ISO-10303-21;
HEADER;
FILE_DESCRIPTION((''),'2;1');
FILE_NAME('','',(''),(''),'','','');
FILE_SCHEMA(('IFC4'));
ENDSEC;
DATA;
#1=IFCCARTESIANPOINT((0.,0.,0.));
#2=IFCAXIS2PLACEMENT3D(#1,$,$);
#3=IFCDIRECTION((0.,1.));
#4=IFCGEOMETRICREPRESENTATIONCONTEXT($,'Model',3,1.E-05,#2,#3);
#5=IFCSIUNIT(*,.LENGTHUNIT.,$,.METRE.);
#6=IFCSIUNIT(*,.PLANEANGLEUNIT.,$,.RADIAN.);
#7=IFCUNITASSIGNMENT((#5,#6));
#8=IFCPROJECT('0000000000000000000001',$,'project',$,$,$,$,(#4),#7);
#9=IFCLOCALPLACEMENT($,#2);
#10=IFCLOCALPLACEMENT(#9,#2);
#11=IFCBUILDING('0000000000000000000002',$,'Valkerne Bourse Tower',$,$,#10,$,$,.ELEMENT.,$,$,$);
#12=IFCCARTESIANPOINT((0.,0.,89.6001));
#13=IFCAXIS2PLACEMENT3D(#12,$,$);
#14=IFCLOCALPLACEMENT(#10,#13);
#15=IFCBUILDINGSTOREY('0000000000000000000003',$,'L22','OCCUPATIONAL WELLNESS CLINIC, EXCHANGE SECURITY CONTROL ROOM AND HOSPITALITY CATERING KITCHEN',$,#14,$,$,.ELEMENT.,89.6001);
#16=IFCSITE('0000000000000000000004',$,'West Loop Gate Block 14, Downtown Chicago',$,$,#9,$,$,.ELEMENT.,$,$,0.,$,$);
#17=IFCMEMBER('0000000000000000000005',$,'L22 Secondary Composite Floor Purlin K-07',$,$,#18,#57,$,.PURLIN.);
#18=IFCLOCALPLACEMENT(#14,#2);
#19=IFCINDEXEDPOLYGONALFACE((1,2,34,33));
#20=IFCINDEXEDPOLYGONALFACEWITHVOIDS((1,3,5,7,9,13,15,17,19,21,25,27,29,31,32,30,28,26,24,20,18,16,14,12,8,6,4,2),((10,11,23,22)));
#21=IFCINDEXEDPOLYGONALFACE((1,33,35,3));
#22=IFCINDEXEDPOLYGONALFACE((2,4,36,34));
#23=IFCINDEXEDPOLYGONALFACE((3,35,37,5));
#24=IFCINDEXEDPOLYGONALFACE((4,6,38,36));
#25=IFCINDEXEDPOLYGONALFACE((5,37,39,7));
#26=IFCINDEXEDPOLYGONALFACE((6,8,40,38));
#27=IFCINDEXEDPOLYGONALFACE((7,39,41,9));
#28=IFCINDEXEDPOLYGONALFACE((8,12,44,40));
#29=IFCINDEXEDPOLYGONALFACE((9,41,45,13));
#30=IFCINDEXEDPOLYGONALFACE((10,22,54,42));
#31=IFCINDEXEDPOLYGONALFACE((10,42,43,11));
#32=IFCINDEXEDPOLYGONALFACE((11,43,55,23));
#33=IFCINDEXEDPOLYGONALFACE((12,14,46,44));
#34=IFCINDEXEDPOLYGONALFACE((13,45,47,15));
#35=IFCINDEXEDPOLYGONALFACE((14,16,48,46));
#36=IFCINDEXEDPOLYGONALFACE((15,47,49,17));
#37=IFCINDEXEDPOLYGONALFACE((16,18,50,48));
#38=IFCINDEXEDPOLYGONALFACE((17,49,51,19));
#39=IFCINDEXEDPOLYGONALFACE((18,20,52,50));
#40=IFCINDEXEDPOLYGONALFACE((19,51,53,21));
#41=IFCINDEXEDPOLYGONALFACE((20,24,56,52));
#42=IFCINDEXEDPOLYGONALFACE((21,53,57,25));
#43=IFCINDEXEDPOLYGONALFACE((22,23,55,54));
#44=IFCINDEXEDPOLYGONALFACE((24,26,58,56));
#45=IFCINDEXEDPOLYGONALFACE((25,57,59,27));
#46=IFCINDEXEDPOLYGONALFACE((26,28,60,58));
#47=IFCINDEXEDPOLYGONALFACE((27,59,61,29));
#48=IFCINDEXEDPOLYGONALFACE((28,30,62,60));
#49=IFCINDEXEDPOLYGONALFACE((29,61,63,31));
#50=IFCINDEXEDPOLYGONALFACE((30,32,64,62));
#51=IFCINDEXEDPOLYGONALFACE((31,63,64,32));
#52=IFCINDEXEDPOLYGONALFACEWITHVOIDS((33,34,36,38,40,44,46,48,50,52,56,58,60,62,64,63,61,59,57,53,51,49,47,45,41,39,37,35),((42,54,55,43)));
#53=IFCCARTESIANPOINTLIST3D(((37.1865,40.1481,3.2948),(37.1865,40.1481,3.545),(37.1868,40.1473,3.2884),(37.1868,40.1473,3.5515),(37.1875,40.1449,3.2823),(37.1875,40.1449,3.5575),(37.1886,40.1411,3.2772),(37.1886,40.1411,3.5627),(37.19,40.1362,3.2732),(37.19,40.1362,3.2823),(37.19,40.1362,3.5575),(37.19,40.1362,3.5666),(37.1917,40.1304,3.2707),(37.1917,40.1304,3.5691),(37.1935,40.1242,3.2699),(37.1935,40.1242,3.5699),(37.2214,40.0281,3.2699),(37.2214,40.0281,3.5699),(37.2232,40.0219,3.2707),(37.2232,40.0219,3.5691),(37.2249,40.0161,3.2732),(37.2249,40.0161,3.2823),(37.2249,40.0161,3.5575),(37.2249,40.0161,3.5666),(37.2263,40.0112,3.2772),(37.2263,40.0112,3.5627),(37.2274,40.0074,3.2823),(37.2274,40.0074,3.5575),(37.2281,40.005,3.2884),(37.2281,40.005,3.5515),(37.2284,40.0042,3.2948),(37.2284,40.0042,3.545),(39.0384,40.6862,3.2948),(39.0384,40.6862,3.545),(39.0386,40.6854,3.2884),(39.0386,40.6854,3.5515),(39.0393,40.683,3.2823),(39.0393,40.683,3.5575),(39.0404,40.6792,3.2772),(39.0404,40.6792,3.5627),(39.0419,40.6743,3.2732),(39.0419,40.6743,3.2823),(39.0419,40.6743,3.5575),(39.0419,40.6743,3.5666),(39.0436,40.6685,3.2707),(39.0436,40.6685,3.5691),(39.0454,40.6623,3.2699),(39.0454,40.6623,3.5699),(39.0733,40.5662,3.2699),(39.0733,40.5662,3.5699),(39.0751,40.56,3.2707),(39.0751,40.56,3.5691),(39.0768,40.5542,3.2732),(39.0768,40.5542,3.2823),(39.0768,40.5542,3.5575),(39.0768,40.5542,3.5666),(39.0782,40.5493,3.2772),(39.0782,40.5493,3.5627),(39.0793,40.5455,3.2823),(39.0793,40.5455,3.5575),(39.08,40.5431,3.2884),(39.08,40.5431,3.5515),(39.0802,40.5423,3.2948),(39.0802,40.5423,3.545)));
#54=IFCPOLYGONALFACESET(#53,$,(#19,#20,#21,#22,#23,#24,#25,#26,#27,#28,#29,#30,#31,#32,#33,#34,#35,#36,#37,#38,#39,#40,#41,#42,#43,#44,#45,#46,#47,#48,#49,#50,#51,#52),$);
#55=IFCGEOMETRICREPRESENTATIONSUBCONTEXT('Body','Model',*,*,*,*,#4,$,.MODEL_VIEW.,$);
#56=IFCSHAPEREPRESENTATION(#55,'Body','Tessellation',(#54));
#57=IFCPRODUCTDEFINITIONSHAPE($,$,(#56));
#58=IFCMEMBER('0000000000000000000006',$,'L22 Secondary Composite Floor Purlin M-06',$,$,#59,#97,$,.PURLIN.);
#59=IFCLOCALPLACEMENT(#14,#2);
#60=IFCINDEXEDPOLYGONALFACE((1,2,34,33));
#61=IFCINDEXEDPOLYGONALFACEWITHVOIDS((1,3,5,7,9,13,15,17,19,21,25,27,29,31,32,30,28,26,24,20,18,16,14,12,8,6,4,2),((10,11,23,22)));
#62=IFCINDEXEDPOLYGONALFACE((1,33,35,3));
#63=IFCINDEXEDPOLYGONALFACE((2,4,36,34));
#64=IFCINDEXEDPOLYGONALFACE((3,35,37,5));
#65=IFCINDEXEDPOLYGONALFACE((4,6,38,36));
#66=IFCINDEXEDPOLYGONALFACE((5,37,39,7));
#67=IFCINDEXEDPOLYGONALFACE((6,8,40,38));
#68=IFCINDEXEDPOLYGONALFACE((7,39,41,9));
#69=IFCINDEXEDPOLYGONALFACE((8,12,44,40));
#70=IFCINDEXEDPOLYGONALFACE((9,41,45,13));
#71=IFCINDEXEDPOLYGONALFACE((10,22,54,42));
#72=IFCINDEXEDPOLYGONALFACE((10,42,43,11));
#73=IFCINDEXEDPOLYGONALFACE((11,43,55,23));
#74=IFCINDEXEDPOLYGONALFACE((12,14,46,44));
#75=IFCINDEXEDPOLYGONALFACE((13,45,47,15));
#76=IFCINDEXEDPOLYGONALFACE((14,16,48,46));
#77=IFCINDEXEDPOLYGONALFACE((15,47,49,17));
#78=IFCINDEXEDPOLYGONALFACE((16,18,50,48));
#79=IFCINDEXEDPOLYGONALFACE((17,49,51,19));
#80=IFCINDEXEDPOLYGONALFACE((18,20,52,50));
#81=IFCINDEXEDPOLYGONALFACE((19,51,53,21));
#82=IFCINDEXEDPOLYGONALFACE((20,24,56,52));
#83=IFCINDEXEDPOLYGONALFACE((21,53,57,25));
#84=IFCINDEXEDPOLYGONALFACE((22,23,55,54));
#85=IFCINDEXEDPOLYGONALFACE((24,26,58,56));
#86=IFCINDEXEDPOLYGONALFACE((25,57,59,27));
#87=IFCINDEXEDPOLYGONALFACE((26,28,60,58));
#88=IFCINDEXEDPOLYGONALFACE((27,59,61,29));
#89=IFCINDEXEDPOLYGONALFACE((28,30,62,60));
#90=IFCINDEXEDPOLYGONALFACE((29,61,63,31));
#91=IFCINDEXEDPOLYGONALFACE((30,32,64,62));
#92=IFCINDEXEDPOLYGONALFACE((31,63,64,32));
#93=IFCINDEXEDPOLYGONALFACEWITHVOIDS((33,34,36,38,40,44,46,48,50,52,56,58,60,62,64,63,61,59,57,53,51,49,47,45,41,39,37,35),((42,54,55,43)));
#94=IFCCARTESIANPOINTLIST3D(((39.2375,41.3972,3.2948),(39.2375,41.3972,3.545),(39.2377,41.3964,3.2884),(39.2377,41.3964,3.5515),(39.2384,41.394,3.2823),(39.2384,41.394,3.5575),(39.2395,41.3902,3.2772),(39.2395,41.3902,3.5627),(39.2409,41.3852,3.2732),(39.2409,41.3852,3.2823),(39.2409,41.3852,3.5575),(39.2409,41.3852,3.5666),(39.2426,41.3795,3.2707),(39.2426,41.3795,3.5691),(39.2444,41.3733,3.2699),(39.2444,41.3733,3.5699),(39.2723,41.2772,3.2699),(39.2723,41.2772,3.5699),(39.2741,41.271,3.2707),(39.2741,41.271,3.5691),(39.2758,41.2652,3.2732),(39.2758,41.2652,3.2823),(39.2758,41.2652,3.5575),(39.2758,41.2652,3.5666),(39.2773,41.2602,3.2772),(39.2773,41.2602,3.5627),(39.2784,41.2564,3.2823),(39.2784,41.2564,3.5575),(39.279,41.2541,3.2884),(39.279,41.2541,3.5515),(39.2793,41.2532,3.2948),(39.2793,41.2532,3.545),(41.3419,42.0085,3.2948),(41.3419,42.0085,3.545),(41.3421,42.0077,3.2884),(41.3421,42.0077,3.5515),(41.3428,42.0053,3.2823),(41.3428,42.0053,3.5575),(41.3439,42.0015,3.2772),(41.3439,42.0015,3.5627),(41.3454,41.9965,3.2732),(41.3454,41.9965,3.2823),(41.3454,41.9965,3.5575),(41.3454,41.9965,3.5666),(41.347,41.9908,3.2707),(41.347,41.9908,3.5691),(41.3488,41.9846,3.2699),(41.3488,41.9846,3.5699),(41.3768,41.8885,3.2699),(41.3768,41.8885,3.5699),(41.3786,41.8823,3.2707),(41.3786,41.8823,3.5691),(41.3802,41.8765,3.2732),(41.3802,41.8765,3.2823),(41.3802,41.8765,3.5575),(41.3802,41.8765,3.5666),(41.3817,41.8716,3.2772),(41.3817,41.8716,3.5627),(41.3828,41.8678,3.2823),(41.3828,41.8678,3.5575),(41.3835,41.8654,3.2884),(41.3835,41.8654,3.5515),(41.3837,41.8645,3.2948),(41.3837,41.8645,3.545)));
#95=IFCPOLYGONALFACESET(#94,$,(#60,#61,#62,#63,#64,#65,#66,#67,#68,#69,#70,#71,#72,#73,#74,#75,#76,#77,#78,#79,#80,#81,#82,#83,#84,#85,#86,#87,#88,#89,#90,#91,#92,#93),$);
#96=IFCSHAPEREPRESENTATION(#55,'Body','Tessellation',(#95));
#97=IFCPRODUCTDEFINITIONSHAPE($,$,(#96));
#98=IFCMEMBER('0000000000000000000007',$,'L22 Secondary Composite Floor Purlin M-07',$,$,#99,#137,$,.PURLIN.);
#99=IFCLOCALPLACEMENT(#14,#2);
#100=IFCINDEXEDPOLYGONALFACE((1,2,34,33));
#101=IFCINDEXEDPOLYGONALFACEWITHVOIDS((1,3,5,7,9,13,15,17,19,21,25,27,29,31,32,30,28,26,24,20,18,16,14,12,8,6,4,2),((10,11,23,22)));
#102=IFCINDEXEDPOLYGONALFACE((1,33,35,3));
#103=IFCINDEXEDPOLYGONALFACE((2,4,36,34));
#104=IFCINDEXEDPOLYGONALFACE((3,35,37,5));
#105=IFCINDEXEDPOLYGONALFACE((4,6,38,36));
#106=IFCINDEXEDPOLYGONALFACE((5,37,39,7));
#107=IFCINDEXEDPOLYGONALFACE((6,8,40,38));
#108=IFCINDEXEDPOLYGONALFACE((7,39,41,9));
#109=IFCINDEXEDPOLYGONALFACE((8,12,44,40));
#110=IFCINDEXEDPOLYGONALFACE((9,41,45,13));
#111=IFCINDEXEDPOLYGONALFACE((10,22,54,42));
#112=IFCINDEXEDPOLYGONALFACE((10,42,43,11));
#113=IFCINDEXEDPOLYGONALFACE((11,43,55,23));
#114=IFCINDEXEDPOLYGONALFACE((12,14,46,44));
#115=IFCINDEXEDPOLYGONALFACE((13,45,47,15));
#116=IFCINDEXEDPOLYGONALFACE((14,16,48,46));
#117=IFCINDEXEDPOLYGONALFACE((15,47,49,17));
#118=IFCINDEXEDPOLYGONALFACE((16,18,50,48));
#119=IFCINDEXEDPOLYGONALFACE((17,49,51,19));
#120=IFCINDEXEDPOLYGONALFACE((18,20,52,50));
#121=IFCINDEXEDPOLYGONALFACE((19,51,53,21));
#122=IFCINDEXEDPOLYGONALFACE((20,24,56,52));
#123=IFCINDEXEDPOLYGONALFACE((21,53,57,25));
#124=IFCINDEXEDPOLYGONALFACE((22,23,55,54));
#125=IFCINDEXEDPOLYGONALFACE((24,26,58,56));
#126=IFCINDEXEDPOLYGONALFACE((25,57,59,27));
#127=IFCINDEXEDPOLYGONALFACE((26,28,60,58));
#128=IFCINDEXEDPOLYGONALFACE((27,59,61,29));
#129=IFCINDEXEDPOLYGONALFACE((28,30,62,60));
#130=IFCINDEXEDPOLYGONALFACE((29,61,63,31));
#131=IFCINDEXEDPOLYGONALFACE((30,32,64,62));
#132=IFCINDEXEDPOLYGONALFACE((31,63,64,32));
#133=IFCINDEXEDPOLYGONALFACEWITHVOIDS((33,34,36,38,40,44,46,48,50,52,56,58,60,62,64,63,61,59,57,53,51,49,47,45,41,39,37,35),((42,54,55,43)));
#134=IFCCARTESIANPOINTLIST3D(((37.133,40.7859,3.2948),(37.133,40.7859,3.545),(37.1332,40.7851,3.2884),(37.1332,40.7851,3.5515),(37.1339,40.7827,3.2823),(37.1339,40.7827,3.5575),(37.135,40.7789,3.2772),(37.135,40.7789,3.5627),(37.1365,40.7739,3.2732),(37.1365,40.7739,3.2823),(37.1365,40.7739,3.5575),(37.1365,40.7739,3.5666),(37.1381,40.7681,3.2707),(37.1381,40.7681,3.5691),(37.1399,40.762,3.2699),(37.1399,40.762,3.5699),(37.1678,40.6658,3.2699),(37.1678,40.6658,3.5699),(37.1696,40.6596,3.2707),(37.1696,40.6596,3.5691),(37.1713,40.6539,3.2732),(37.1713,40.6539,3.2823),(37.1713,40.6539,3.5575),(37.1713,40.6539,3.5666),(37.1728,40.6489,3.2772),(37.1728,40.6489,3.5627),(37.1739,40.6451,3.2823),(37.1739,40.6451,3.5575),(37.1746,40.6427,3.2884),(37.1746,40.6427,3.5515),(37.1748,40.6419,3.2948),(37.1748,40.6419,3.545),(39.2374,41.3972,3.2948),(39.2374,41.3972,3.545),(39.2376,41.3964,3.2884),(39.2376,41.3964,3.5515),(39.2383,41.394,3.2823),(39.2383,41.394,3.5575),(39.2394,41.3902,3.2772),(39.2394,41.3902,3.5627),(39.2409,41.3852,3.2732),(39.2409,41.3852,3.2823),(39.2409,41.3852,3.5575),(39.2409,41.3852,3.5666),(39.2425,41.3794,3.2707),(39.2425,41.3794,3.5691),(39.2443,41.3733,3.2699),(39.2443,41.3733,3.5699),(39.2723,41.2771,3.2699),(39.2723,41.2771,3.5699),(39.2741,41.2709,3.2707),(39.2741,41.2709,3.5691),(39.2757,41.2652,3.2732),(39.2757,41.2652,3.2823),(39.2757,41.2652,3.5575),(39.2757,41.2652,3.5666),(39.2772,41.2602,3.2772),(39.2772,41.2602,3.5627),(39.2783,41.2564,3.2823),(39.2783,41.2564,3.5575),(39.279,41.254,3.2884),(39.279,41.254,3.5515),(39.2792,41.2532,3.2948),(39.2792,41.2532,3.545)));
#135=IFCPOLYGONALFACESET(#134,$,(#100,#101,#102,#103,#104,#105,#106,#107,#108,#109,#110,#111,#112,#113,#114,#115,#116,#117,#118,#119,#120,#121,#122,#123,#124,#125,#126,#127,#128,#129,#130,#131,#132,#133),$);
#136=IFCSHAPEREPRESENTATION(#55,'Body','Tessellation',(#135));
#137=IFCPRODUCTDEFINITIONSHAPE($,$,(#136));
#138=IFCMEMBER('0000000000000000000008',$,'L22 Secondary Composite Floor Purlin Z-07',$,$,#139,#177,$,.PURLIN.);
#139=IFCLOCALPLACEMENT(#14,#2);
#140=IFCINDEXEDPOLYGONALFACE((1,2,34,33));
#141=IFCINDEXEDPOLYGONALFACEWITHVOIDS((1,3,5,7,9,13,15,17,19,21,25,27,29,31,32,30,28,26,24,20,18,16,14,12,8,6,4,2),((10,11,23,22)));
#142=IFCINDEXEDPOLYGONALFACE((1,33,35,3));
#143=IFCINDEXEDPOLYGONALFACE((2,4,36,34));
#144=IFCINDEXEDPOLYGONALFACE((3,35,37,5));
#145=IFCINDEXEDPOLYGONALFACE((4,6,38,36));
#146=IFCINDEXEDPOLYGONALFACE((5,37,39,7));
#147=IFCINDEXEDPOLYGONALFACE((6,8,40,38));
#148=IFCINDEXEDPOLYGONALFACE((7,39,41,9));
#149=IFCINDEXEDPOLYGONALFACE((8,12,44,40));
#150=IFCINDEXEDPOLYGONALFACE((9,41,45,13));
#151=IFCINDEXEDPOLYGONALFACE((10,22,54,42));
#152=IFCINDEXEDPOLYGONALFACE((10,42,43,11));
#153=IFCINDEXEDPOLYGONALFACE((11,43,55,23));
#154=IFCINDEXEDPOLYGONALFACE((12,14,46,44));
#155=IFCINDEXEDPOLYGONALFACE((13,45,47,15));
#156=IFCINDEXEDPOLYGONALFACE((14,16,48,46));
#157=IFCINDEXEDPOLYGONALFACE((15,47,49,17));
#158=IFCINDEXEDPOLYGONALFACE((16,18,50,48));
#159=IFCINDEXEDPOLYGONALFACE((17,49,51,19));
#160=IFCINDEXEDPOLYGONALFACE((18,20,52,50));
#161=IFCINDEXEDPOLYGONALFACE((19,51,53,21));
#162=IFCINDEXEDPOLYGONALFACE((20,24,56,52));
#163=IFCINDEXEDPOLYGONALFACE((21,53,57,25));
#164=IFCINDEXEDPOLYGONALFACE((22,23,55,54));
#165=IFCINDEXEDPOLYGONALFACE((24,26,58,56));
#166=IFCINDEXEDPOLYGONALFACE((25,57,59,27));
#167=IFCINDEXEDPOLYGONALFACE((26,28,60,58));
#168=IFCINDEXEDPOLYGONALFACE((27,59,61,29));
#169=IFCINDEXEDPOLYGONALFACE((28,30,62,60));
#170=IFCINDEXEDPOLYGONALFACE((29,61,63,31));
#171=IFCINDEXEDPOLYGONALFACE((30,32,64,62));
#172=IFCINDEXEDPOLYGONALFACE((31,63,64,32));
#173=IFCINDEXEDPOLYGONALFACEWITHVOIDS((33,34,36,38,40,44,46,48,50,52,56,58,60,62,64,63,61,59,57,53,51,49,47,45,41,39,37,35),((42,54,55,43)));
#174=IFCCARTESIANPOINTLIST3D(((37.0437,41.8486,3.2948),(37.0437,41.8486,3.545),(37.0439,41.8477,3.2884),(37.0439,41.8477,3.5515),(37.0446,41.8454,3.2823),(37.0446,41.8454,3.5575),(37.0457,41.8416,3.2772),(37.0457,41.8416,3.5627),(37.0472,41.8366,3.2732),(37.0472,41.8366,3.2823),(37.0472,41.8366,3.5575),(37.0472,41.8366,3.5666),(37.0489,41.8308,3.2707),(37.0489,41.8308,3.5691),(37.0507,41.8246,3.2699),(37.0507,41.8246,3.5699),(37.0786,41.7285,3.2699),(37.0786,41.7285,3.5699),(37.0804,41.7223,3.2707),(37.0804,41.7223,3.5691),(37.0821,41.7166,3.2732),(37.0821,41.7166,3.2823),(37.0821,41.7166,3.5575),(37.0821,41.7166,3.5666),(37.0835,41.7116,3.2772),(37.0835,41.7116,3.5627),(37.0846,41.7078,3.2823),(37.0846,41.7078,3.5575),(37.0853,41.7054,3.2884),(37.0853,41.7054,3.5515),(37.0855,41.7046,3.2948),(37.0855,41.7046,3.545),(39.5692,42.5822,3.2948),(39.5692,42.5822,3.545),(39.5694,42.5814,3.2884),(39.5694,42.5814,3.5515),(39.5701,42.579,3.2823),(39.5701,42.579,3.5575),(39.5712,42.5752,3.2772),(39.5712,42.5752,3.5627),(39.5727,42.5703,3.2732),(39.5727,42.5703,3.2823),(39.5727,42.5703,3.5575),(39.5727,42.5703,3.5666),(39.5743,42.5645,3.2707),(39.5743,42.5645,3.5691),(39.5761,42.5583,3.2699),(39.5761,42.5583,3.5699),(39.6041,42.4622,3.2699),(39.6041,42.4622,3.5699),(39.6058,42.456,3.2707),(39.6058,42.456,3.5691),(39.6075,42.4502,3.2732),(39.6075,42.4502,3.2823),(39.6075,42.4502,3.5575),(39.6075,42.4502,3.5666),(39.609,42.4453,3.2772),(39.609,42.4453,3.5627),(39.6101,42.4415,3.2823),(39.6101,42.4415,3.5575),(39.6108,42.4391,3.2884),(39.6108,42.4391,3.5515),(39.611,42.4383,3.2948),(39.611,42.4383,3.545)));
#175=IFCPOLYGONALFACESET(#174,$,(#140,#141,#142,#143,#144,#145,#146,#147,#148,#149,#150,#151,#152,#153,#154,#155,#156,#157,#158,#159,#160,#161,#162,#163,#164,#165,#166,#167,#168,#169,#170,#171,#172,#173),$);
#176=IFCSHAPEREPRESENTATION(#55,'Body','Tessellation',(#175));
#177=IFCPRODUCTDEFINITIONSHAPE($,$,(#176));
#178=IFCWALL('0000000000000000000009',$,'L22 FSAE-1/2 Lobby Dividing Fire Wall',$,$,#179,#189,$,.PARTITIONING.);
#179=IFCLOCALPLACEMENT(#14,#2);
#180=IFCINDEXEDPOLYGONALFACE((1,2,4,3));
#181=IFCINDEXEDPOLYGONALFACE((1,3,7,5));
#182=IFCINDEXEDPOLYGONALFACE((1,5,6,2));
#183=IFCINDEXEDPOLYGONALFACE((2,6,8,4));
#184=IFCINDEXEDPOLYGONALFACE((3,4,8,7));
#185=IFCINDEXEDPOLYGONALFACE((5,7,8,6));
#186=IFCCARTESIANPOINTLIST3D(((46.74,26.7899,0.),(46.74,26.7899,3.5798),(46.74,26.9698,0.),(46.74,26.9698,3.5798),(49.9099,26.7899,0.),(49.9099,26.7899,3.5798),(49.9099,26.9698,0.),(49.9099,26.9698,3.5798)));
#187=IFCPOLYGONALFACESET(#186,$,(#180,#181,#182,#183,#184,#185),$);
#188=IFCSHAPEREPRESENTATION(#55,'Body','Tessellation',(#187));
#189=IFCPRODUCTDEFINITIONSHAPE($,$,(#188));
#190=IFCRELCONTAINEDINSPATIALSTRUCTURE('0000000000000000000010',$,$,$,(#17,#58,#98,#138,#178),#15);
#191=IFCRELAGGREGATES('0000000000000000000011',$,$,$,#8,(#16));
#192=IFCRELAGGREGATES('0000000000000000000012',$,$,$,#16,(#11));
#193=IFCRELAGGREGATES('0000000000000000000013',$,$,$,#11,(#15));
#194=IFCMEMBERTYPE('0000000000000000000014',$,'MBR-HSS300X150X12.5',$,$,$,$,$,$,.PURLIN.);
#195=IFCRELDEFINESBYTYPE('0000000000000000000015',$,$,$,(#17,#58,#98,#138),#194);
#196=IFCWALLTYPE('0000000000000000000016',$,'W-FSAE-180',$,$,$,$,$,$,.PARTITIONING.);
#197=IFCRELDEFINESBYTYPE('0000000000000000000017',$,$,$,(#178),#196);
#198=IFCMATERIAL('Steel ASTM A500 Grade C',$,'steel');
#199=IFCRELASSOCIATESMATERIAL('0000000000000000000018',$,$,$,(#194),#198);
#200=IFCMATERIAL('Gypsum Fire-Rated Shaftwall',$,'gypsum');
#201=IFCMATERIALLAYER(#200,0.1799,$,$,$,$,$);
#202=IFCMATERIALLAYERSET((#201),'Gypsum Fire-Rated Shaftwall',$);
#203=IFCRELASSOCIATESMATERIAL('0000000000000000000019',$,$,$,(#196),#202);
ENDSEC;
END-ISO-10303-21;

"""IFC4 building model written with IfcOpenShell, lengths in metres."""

from ifc_helpers import new_model, si_unit, direction, frame, frame_2d, origin, origin_2d, place, context, subcontext, project, spatial, rectangle, hollow_rectangle, extrude, material, layer, layer_set, material_profile, profile_set, type_object, element, save


model = new_model("IFC4")

# Units and contexts
model_context = context("Model", 3, precision=1e-05, world=origin(), true_north=direction((0.0, 1.0)))
body_context = subcontext(model_context, "Body", "Model", "MODEL_VIEW")
ifc_project = project(units=[si_unit("LENGTHUNIT", "METRE"), si_unit("PLANEANGLEUNIT", "RADIAN")], contexts=[model_context])

# Site, building, storey
site_placement = place(None, origin())
site = spatial("IfcSite", under=ifc_project, at=site_placement, Name="West Loop Gate Block 14, Downtown Chicago", CompositionType="ELEMENT", RefElevation=0.0)
building_placement = place(site_placement, origin())
building = spatial("IfcBuilding", under=site, at=building_placement, Name="Valkerne Bourse Tower", CompositionType="ELEMENT")
storey_placement = place(building_placement, frame((0.0, 0.0, 89.6001)))
storey = spatial("IfcBuildingStorey", under=building, at=storey_placement, Name="L22", Description="OCCUPATIONAL WELLNESS CLINIC, EXCHANGE SECURITY CONTROL ROOM AND HOSPITALITY CATERING KITCHEN", CompositionType="ELEMENT", Elevation=89.6001)

# Members
ifc_material_1 = material(Name="Steel ASTM A500 Grade C", Category="steel")
ifc_material_profile_1 = material_profile(ifc_material_1, hollow_rectangle(XDim=0.1499, YDim=0.3, WallThickness=0.0125, OuterFilletRadius=0.0249, at=origin_2d()), Name="HSS300X150X12.5")
ifc_profile_set_1 = profile_set([ifc_material_profile_1], Name="Steel ASTM A500 Grade C")
member_type = type_object("IfcMemberType", Name="MBR-HSS300X150X12.5", PredefinedType="PURLIN", material=ifc_profile_set_1)
for number, where, z_axis, x_axis, name in (
    (1, (39.0593, 40.6143, 3.4199), (-0.960282, -0.279032, 0.0), (0.279032, -0.960282, 0.0), "L22 Secondary Composite Floor Purlin K-07"),
):
    element("IfcMember", number, at=place(storey_placement, frame(where, z_axis=z_axis, x_axis=x_axis)), inside=storey, type_object=member_type, Name=name, PredefinedType="PURLIN", context=body_context, shape_type="SweptSolid", body=[
        extrude(hollow_rectangle(XDim=0.1499, YDim=0.3, WallThickness=0.0125, OuterFilletRadius=0.0249, at=origin_2d()), origin(), (0.0, 0.0, 1.0), 1.9285),
    ])
for number, where, z_axis, x_axis, name in (
    (2, (41.3628, 41.9365, 3.4199), (-0.960304, -0.278956, 0.0), (0.278956, -0.960304, 0.0), "L22 Secondary Composite Floor Purlin M-06"),
    (3, (39.2583, 41.3252, 3.4199), (-0.960304, -0.278956, 0.0), (0.278956, -0.960304, 0.0), "L22 Secondary Composite Floor Purlin M-07"),
):
    element("IfcMember", number, at=place(storey_placement, frame(where, z_axis=z_axis, x_axis=x_axis)), inside=storey, type_object=member_type, Name=name, PredefinedType="PURLIN", context=body_context, shape_type="SweptSolid", body=[
        extrude(hollow_rectangle(XDim=0.1499, YDim=0.3, WallThickness=0.0125, OuterFilletRadius=0.0249, at=origin_2d()), origin(), (0.0, 0.0, 1.0), 2.1914),
    ])
member_placement = place(storey_placement, frame((39.5901, 42.5103, 3.4199), z_axis=(-0.960299, -0.278973, 0.0), x_axis=(0.278973, -0.960299, 0.0)))
element("IfcMember", 4, at=member_placement, inside=storey, type_object=member_type, Name="L22 Secondary Composite Floor Purlin Z-07", PredefinedType="PURLIN", context=body_context, shape_type="SweptSolid", body=[
    extrude(hollow_rectangle(XDim=0.1499, YDim=0.3, WallThickness=0.0125, OuterFilletRadius=0.0249, at=origin_2d()), origin(), (0.0, 0.0, 1.0), 2.6299),
])

# Wall
ifc_material_2 = material(Name="Gypsum Fire-Rated Shaftwall", Category="gypsum")
ifc_layer_1 = layer(ifc_material_2, 0.1799)
ifc_layer_set_1 = layer_set([ifc_layer_1], Name="Gypsum Fire-Rated Shaftwall")
wall_type_1 = type_object("IfcWallType", Name="W-FSAE-180", PredefinedType="PARTITIONING", material=ifc_layer_set_1)
wall_1_placement = place(storey_placement, frame((46.74, 26.8799, 0.0), z_axis=(0.0, 0.0, 1.0), x_axis=(1.0, 0.0, 0.0)))
element("IfcWall", 5, at=wall_1_placement, inside=storey, type_object=wall_type_1, Name="L22 FSAE-1/2 Lobby Dividing Fire Wall", PredefinedType="PARTITIONING", context=body_context, shape_type="SweptSolid", body=[
    extrude(rectangle(XDim=3.1699, YDim=0.1799, at=frame_2d((1.585, 0.0))), origin(), (0.0, 0.0, 1.0), 3.5798),
])

save(model, "model.ifc")
